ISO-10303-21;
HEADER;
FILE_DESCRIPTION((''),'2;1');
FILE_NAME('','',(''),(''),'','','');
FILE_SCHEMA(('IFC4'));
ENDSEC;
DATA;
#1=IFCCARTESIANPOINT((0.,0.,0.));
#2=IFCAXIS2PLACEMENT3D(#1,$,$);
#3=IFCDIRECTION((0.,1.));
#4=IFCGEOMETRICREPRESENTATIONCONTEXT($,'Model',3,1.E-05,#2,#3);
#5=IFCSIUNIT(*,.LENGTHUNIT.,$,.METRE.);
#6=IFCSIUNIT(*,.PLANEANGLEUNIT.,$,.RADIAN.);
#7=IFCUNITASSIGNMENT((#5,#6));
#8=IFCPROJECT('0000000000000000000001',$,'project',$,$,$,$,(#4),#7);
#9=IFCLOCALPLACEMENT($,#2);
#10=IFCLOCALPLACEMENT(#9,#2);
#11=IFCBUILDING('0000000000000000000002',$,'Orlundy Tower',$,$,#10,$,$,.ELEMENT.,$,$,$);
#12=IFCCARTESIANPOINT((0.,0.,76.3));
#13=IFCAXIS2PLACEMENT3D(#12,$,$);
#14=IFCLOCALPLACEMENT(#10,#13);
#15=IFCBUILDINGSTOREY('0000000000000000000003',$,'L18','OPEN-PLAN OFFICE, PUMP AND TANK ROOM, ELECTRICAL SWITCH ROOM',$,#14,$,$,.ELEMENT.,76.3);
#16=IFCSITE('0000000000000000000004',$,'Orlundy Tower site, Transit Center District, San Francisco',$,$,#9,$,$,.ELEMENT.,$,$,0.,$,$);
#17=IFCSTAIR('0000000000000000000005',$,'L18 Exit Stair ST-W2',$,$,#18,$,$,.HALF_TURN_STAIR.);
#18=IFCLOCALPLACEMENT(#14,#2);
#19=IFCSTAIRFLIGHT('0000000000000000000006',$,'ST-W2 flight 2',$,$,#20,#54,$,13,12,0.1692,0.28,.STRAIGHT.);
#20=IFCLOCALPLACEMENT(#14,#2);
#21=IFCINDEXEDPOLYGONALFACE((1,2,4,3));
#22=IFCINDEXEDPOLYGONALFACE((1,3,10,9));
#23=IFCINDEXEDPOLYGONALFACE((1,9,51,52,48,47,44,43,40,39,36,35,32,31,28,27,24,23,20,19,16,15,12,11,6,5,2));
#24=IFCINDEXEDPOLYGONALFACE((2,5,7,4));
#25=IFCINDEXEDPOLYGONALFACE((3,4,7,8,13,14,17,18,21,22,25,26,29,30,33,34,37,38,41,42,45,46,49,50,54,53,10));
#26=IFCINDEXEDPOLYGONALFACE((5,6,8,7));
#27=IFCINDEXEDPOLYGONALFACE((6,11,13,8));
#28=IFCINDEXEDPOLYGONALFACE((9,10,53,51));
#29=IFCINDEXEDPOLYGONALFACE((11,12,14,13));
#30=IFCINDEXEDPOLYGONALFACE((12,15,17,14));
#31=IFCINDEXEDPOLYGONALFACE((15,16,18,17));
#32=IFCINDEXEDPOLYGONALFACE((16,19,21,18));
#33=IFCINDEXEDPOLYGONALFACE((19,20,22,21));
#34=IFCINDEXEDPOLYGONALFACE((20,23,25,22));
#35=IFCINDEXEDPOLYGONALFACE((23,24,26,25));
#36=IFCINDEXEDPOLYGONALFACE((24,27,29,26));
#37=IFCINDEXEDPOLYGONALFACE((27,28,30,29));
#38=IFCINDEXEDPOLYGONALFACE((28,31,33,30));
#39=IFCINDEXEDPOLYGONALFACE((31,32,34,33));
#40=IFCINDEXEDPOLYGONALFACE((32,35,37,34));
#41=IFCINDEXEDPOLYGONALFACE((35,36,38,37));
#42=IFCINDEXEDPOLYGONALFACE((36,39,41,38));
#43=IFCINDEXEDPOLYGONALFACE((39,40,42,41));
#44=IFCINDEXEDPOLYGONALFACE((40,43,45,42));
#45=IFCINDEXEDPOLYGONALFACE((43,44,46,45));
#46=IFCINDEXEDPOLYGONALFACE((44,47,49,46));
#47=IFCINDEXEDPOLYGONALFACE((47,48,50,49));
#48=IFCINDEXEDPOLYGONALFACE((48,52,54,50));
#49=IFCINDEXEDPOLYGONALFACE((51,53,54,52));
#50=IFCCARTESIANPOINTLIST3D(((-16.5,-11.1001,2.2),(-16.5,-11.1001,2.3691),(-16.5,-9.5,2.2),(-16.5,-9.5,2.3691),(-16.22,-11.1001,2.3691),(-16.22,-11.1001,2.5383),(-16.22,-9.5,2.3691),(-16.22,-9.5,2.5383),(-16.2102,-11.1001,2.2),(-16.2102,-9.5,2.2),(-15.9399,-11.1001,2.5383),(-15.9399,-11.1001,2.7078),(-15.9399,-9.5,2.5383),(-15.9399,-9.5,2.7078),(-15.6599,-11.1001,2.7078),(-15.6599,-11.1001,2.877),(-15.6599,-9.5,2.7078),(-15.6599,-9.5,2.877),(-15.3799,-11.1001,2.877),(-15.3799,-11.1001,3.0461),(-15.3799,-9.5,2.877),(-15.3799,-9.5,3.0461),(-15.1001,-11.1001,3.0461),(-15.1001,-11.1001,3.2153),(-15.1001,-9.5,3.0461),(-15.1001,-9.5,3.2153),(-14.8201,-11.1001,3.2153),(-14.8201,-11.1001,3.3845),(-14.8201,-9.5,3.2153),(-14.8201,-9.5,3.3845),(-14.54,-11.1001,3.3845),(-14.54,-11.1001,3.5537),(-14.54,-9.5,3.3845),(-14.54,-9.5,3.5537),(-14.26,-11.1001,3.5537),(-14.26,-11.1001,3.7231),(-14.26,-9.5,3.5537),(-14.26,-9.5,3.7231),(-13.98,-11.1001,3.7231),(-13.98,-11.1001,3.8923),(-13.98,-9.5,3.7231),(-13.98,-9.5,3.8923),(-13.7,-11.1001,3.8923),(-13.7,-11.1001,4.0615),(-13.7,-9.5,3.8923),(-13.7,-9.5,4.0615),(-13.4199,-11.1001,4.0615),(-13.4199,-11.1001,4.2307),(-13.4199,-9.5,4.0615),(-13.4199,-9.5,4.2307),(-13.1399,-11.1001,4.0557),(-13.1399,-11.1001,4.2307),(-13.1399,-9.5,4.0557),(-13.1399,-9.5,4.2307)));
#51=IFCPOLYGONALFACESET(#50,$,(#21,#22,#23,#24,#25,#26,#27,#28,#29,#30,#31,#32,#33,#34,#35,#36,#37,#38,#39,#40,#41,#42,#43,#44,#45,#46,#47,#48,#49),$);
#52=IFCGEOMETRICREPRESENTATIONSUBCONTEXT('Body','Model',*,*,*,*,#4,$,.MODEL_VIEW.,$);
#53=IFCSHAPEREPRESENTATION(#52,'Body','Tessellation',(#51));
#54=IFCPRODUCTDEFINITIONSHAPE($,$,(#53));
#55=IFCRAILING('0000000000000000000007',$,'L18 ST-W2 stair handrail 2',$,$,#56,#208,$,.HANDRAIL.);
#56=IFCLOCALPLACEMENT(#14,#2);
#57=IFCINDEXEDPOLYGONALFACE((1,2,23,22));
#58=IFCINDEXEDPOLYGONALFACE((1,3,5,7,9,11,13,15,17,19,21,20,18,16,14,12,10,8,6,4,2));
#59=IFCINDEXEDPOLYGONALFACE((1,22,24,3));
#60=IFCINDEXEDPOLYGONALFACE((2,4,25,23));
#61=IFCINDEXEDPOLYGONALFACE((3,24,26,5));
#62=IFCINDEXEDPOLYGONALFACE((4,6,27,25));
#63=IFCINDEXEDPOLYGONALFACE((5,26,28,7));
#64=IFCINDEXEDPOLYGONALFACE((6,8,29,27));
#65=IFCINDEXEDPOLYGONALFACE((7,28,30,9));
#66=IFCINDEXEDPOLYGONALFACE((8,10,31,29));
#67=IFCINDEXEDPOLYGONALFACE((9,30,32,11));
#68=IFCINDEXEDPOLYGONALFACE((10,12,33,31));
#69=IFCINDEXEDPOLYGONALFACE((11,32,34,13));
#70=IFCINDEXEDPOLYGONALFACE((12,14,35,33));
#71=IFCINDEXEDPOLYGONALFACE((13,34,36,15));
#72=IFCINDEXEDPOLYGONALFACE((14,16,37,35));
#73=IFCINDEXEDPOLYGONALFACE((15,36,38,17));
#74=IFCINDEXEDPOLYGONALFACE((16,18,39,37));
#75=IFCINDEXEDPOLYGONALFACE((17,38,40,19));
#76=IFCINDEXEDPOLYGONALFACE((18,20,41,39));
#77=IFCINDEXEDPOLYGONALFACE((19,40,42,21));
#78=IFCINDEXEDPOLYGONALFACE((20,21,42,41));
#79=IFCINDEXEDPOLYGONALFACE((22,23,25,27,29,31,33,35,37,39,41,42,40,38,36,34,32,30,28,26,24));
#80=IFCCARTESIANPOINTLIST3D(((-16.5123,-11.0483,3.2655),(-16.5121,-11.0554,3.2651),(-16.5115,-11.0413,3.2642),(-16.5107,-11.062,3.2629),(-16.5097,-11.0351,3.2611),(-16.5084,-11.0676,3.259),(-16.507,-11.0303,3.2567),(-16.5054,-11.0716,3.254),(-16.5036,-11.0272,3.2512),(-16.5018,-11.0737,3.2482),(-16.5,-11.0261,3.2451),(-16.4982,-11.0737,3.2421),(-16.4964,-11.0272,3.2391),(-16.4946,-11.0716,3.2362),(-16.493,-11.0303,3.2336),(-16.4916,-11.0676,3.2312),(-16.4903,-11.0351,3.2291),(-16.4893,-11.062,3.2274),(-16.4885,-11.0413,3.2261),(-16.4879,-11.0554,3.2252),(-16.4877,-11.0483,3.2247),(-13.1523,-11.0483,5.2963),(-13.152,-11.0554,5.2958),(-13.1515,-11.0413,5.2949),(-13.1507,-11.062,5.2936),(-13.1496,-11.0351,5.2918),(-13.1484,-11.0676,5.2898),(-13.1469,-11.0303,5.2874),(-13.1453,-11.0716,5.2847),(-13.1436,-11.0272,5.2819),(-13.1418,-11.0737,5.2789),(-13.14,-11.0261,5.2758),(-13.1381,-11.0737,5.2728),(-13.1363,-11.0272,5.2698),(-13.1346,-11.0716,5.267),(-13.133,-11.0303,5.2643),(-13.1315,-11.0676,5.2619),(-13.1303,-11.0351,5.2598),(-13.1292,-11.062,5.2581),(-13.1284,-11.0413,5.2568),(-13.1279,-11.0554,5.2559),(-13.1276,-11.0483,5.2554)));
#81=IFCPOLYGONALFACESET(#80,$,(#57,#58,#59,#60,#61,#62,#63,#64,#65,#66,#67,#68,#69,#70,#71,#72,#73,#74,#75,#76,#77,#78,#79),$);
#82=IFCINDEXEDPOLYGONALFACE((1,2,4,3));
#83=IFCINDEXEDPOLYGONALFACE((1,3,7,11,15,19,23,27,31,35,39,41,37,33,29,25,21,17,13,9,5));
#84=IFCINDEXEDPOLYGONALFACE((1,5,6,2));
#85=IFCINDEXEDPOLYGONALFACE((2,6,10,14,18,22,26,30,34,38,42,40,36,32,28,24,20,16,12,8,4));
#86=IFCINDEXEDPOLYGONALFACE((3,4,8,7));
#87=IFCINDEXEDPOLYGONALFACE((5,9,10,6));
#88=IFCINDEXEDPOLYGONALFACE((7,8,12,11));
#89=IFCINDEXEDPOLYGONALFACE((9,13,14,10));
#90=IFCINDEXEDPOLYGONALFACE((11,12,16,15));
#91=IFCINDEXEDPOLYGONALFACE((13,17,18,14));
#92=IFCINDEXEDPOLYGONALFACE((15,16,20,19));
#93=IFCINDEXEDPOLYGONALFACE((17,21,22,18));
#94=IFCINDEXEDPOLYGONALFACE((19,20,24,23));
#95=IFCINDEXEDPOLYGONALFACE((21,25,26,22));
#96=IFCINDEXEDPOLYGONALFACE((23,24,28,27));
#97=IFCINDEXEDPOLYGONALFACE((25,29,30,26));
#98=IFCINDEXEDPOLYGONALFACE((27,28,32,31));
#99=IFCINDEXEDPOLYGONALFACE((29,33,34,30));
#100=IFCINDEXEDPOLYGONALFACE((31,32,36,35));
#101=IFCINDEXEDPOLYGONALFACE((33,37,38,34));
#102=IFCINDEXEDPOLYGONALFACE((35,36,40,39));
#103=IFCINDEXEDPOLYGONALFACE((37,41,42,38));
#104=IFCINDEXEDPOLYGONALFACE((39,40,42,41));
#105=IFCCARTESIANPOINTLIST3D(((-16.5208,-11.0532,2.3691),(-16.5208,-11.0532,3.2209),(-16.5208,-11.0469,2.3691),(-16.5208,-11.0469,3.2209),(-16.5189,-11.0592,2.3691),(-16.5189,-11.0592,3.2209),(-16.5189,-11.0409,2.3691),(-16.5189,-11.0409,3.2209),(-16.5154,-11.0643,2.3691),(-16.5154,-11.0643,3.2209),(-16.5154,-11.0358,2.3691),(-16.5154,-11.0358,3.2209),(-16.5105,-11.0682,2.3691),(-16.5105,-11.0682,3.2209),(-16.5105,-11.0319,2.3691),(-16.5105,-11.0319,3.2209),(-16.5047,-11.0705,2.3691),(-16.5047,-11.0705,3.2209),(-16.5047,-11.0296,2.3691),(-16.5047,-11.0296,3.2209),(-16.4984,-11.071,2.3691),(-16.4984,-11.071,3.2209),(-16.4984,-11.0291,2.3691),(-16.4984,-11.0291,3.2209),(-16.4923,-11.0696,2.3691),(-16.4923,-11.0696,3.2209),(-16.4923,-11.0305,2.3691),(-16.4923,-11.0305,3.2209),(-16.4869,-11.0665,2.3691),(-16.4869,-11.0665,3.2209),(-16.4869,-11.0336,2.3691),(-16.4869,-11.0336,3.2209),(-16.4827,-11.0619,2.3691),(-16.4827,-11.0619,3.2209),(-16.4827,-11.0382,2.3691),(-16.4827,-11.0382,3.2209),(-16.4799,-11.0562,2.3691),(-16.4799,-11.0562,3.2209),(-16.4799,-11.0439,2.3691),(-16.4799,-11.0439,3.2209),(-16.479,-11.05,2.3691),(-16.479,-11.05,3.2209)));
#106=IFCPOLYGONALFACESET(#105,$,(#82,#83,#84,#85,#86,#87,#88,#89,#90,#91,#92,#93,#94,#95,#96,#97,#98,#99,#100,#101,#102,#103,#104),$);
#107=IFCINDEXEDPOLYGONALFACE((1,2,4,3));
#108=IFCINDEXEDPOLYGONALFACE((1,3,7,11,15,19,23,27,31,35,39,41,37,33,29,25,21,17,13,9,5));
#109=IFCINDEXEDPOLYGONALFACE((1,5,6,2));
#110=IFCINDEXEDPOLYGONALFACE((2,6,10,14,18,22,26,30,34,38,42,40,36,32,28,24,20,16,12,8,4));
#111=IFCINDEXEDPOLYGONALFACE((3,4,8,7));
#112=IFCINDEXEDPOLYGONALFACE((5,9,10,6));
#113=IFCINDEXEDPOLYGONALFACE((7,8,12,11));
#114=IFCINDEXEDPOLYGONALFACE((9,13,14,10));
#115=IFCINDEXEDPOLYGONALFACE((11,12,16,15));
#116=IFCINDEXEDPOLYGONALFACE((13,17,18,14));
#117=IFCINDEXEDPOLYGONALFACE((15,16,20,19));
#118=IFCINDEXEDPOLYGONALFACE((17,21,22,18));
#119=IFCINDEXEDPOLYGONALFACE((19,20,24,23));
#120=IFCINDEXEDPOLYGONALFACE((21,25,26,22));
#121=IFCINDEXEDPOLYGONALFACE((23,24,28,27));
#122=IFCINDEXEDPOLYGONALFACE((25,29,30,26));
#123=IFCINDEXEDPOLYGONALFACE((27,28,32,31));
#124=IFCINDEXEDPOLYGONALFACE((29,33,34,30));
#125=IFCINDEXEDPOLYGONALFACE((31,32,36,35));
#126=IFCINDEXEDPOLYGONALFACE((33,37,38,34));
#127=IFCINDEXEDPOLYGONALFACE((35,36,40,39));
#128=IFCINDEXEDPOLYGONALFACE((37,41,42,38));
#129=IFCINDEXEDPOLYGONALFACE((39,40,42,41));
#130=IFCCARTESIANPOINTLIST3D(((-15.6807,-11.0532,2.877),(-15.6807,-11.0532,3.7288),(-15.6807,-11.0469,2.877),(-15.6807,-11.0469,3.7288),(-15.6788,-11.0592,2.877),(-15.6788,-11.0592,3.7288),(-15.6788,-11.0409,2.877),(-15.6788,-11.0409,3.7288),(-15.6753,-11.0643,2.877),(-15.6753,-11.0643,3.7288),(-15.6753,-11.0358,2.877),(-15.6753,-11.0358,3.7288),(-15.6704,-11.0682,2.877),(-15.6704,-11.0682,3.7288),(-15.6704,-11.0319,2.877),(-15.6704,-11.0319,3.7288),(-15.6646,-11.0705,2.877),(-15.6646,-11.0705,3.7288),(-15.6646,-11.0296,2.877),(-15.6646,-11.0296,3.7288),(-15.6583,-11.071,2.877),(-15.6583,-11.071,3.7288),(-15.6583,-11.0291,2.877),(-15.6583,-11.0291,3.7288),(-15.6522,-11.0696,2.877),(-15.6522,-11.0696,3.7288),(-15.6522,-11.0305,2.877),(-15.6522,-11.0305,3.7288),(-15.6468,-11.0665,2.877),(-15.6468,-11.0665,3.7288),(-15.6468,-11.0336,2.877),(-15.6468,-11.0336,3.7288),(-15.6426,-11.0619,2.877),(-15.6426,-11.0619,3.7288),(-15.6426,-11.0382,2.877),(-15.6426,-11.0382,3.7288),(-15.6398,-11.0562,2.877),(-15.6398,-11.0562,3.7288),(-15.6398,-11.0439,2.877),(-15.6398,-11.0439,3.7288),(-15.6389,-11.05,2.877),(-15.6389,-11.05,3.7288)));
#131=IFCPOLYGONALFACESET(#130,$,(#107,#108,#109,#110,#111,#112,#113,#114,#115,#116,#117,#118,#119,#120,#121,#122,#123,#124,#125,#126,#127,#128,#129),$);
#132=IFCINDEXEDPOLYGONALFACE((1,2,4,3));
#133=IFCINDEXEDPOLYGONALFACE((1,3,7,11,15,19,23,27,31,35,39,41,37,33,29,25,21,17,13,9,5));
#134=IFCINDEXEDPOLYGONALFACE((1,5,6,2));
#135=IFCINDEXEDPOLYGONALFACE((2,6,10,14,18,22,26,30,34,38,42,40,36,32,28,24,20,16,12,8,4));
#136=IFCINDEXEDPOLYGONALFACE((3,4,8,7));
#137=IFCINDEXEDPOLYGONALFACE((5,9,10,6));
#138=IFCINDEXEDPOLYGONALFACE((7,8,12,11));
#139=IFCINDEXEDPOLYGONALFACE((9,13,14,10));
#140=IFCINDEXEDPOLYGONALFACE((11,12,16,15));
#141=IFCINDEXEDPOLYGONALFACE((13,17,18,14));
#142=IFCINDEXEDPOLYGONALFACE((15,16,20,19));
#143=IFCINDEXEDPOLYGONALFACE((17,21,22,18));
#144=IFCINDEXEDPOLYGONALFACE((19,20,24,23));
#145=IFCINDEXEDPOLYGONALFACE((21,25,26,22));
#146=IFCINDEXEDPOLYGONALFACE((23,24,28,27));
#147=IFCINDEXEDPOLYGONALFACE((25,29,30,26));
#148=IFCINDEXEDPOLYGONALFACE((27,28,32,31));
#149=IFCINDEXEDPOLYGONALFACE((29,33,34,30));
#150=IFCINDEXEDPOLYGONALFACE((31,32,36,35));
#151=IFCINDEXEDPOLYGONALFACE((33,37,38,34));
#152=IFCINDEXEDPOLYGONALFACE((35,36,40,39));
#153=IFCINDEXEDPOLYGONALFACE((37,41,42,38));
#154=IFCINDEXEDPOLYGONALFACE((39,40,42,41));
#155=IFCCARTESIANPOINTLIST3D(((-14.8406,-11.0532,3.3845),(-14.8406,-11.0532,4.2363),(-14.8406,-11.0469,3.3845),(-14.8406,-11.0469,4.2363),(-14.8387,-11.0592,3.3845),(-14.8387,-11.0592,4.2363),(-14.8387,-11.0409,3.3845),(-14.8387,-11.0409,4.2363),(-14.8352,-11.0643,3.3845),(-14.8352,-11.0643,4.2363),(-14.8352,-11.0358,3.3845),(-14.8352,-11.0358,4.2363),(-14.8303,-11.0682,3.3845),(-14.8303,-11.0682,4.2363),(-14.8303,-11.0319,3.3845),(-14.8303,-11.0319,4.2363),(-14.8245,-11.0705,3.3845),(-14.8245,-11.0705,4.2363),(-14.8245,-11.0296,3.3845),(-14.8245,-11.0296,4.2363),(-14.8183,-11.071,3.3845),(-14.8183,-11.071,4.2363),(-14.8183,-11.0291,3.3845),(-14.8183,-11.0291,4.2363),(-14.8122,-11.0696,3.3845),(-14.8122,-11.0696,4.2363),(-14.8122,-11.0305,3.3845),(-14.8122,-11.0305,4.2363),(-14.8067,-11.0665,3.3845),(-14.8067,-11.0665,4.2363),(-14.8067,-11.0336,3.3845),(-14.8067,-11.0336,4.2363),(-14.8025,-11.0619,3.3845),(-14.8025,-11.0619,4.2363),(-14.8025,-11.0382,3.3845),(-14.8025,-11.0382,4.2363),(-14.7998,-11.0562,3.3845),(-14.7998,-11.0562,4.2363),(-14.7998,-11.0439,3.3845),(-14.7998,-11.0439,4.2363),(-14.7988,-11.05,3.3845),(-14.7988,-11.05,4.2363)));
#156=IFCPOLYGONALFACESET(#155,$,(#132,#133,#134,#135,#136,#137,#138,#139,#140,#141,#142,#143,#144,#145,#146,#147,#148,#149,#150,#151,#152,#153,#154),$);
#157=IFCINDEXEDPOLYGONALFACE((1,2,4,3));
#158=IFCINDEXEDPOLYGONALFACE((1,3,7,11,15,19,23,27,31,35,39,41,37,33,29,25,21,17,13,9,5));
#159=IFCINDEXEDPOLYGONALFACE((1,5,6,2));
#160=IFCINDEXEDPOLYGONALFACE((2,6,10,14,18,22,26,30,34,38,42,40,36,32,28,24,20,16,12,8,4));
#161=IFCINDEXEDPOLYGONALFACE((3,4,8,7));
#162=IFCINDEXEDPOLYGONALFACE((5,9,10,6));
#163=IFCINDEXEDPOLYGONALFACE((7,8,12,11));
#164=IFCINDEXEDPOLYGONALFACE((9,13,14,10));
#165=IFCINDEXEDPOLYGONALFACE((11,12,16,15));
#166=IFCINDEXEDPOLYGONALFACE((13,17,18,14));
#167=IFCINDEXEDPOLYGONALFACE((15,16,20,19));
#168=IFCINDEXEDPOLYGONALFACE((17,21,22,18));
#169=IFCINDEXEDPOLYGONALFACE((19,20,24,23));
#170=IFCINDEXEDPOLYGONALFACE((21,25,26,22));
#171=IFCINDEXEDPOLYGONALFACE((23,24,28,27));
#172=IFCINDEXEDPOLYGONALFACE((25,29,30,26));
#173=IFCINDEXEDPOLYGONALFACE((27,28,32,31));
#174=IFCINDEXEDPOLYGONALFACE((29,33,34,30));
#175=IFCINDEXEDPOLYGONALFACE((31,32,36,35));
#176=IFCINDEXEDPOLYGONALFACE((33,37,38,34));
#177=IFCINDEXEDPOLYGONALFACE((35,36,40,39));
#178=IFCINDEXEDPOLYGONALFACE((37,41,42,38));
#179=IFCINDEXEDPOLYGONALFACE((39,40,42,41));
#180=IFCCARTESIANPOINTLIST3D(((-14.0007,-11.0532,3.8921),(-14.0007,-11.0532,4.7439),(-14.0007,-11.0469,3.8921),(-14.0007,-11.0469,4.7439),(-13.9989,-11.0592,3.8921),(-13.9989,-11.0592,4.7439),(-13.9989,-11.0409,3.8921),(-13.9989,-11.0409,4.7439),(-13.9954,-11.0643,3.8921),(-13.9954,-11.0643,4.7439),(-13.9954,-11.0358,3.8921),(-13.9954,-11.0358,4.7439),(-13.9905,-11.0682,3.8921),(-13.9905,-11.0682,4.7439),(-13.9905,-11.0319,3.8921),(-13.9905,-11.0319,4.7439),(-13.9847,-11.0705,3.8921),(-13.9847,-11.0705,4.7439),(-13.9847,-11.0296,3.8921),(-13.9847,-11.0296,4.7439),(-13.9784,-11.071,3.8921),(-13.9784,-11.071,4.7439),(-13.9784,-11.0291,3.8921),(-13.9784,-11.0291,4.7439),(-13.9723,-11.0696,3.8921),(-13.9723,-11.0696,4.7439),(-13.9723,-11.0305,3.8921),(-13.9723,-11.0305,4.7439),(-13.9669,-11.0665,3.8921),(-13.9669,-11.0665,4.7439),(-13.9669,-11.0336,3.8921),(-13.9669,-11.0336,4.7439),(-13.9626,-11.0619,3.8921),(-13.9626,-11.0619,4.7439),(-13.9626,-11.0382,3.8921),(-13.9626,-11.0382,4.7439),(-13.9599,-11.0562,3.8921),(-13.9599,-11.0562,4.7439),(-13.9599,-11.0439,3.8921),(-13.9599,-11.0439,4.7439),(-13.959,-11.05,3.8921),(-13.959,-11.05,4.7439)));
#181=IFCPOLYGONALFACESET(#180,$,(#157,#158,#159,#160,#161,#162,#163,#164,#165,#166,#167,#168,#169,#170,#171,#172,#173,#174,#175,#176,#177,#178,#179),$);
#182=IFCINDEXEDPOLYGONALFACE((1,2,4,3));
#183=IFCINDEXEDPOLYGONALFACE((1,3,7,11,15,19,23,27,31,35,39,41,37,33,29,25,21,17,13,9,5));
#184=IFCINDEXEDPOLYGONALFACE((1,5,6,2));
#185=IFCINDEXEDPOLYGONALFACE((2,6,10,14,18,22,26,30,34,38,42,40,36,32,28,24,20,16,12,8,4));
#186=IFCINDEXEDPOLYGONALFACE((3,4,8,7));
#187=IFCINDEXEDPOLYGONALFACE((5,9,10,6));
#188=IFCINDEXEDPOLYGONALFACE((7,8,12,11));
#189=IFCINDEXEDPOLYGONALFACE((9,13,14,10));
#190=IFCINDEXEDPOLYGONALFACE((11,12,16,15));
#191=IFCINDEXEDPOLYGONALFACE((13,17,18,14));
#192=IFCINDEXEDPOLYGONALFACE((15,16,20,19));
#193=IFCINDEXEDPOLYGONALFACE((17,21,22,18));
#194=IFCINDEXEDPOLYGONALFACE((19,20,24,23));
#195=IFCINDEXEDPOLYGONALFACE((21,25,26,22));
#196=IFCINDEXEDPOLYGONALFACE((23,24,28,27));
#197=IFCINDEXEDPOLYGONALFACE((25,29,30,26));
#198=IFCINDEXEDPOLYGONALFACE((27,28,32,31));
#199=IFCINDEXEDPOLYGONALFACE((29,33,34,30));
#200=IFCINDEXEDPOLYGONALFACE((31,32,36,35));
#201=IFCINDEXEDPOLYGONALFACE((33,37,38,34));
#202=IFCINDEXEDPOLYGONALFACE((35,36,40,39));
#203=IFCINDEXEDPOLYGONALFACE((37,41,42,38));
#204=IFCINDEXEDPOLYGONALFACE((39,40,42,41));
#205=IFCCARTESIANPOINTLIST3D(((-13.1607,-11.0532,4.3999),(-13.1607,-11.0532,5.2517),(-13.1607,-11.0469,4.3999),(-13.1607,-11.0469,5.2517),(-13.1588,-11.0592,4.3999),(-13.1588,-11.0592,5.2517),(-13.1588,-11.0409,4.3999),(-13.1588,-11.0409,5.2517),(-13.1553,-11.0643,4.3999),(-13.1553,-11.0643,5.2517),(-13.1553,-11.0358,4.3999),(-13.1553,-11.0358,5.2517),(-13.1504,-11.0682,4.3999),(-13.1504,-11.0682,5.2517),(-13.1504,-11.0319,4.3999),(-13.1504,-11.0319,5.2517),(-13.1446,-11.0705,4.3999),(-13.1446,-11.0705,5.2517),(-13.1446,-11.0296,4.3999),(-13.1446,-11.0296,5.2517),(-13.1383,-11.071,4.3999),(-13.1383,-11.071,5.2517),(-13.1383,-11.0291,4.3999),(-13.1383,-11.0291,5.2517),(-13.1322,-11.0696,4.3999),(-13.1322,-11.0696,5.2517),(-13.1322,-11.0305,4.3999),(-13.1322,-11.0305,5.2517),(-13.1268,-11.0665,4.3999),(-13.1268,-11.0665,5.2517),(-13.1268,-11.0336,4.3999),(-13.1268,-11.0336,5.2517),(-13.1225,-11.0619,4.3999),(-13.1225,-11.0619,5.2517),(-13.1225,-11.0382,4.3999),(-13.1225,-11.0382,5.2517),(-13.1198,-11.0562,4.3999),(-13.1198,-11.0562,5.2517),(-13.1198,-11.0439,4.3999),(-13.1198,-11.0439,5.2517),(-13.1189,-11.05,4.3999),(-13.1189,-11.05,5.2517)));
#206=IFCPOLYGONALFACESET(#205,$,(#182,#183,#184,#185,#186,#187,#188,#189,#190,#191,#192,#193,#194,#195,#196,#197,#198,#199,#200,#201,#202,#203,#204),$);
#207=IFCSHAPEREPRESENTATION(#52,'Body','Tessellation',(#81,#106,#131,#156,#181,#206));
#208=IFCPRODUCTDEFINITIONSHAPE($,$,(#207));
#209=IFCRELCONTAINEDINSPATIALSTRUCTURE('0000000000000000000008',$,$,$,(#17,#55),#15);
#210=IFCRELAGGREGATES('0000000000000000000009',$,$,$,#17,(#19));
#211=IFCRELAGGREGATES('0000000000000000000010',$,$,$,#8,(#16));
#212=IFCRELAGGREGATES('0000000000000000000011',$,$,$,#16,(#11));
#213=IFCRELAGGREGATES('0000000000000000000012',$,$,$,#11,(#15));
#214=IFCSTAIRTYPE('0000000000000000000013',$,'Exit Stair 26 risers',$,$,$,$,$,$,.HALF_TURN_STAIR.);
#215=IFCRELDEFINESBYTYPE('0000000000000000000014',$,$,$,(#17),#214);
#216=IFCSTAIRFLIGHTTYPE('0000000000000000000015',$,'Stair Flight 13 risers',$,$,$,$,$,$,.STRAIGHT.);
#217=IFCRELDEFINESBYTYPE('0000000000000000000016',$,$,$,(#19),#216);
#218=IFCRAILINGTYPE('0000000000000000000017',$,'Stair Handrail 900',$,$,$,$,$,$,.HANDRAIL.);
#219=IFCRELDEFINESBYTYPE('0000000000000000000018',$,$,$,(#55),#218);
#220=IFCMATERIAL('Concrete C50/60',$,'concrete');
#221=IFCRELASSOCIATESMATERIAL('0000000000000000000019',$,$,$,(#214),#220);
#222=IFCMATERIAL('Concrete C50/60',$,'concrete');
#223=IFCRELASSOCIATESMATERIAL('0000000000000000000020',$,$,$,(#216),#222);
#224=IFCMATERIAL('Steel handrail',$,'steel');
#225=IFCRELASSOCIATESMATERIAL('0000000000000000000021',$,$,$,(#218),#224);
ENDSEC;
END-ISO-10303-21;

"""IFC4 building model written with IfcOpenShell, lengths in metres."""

from ifc_helpers import new_model, si_unit, direction, frame, origin, origin_2d, place, context, subcontext, project, spatial, polyline, circle, outline, extrude, material, type_object, element, aggregate, save


model = new_model("IFC4")

# Units and contexts
model_context = context("Model", 3, precision=1e-05, world=origin(), true_north=direction((0.0, 1.0)))
body_context = subcontext(model_context, "Body", "Model", "MODEL_VIEW")
ifc_project = project(units=[si_unit("LENGTHUNIT", "METRE"), si_unit("PLANEANGLEUNIT", "RADIAN")], contexts=[model_context])

# Site, building, storey
site_placement = place(None, origin())
site = spatial("IfcSite", under=ifc_project, at=site_placement, Name="Orlundy Tower site, Transit Center District, San Francisco", CompositionType="ELEMENT", RefElevation=0.0)
building_placement = place(site_placement, origin())
building = spatial("IfcBuilding", under=site, at=building_placement, Name="Orlundy Tower", CompositionType="ELEMENT")
storey_placement = place(building_placement, frame((0.0, 0.0, 76.3)))
storey = spatial("IfcBuildingStorey", under=building, at=storey_placement, Name="L18", Description="OPEN-PLAN OFFICE, PUMP AND TANK ROOM, ELECTRICAL SWITCH ROOM", CompositionType="ELEMENT", Elevation=76.3)

# Stair, stair flight
ifc_material_1 = material(Name="Concrete C50/60", Category="concrete")
stair_type = type_object("IfcStairType", Name="Exit Stair 26 risers", PredefinedType="HALF_TURN_STAIR", material=ifc_material_1)
stair_placement = place(storey_placement, origin())
stair = element("IfcStair", 1, at=stair_placement, inside=storey, type_object=stair_type, Name="L18 Exit Stair ST-W2", PredefinedType="HALF_TURN_STAIR")
ifc_material_2 = material(Name="Concrete C50/60", Category="concrete")
stair_flight_type = type_object("IfcStairFlightType", Name="Stair Flight 13 risers", PredefinedType="STRAIGHT", material=ifc_material_2)
stair_flight_placement = place(storey_placement, frame((-16.5, -10.3, 2.2), z_axis=(0.0, 0.0, 1.0), x_axis=(1.0, 0.0, 0.0)))
stair_flight = element("IfcStairFlight", 2, at=stair_flight_placement, type_object=stair_flight_type, Name="ST-W2 flight 2", NumberOfRisers=13, NumberOfTreads=12, PredefinedType="STRAIGHT", RiserHeight=0.1692, TreadLength=0.28, context=body_context, shape_type="SweptSolid", body=[
    extrude(outline(polyline([(0.0, 0.0), (0.0, 0.1692), (0.28, 0.1692), (0.28, 0.3384), (0.5601, 0.3384), (0.5601, 0.5078), (0.8401, 0.5078), (0.8401, 0.677), (1.1201, 0.677), (1.1201, 0.8462), (1.3999, 0.8462), (1.3999, 1.0154), (1.6799, 1.0154), (1.6799, 1.1846), (1.96, 1.1846), (1.96, 1.3538), (2.24, 1.3538), (2.24, 1.5232), (2.52, 1.5232), (2.52, 1.6924), (2.8, 1.6924), (2.8, 1.8616), (3.0801, 1.8616), (3.0801, 2.0308), (3.3601, 2.0308), (3.3601, 2.2), (3.3601, 1.8557), (0.2898, 0.0), (0.0, 0.0)])), frame((0.0, 0.8, 0.0), z_axis=(0.0, -1.0, 0.0), x_axis=(1.0, 0.0, 0.0)), (0.0, 0.0, 1.0), 1.6001),
])
aggregate(stair, [stair_flight])

# Railing
ifc_material_3 = material(Name="Steel handrail", Category="steel")
railing_type = type_object("IfcRailingType", Name="Stair Handrail 900", PredefinedType="HANDRAIL", material=ifc_material_3)
railing_placement = place(storey_placement, frame((-16.5, -11.05, 2.3691)))
element("IfcRailing", 3, at=railing_placement, inside=storey, type_object=railing_type, Name="L18 ST-W2 stair handrail 2", PredefinedType="HANDRAIL", context=body_context, shape_type="SweptSolid", body=[
    extrude(circle(Radius=0.0239, at=origin_2d()), frame((0.0, 0.0, 0.876), z_axis=(0.855837, 0.0, 0.517246), x_axis=(0.0, 1.0, 0.0)), (0.0, 0.0, 1.0), 3.926),
    extrude(circle(Radius=0.021, at=origin_2d()), origin(), (0.0, 0.0, 1.0), 0.8518),
    extrude(circle(Radius=0.021, at=origin_2d()), frame((0.8401, 0.0, 0.5078)), (0.0, 0.0, 1.0), 0.8518),
    extrude(circle(Radius=0.021, at=origin_2d()), frame((1.6802, 0.0, 1.0154)), (0.0, 0.0, 1.0), 0.8518),
    extrude(circle(Radius=0.021, at=origin_2d()), frame((2.52, 0.0, 1.5229)), (0.0, 0.0, 1.0), 0.8518),
    extrude(circle(Radius=0.021, at=origin_2d()), frame((3.3601, 0.0, 2.0308)), (0.0, 0.0, 1.0), 0.8518),
])

save(model, "model.ifc")
